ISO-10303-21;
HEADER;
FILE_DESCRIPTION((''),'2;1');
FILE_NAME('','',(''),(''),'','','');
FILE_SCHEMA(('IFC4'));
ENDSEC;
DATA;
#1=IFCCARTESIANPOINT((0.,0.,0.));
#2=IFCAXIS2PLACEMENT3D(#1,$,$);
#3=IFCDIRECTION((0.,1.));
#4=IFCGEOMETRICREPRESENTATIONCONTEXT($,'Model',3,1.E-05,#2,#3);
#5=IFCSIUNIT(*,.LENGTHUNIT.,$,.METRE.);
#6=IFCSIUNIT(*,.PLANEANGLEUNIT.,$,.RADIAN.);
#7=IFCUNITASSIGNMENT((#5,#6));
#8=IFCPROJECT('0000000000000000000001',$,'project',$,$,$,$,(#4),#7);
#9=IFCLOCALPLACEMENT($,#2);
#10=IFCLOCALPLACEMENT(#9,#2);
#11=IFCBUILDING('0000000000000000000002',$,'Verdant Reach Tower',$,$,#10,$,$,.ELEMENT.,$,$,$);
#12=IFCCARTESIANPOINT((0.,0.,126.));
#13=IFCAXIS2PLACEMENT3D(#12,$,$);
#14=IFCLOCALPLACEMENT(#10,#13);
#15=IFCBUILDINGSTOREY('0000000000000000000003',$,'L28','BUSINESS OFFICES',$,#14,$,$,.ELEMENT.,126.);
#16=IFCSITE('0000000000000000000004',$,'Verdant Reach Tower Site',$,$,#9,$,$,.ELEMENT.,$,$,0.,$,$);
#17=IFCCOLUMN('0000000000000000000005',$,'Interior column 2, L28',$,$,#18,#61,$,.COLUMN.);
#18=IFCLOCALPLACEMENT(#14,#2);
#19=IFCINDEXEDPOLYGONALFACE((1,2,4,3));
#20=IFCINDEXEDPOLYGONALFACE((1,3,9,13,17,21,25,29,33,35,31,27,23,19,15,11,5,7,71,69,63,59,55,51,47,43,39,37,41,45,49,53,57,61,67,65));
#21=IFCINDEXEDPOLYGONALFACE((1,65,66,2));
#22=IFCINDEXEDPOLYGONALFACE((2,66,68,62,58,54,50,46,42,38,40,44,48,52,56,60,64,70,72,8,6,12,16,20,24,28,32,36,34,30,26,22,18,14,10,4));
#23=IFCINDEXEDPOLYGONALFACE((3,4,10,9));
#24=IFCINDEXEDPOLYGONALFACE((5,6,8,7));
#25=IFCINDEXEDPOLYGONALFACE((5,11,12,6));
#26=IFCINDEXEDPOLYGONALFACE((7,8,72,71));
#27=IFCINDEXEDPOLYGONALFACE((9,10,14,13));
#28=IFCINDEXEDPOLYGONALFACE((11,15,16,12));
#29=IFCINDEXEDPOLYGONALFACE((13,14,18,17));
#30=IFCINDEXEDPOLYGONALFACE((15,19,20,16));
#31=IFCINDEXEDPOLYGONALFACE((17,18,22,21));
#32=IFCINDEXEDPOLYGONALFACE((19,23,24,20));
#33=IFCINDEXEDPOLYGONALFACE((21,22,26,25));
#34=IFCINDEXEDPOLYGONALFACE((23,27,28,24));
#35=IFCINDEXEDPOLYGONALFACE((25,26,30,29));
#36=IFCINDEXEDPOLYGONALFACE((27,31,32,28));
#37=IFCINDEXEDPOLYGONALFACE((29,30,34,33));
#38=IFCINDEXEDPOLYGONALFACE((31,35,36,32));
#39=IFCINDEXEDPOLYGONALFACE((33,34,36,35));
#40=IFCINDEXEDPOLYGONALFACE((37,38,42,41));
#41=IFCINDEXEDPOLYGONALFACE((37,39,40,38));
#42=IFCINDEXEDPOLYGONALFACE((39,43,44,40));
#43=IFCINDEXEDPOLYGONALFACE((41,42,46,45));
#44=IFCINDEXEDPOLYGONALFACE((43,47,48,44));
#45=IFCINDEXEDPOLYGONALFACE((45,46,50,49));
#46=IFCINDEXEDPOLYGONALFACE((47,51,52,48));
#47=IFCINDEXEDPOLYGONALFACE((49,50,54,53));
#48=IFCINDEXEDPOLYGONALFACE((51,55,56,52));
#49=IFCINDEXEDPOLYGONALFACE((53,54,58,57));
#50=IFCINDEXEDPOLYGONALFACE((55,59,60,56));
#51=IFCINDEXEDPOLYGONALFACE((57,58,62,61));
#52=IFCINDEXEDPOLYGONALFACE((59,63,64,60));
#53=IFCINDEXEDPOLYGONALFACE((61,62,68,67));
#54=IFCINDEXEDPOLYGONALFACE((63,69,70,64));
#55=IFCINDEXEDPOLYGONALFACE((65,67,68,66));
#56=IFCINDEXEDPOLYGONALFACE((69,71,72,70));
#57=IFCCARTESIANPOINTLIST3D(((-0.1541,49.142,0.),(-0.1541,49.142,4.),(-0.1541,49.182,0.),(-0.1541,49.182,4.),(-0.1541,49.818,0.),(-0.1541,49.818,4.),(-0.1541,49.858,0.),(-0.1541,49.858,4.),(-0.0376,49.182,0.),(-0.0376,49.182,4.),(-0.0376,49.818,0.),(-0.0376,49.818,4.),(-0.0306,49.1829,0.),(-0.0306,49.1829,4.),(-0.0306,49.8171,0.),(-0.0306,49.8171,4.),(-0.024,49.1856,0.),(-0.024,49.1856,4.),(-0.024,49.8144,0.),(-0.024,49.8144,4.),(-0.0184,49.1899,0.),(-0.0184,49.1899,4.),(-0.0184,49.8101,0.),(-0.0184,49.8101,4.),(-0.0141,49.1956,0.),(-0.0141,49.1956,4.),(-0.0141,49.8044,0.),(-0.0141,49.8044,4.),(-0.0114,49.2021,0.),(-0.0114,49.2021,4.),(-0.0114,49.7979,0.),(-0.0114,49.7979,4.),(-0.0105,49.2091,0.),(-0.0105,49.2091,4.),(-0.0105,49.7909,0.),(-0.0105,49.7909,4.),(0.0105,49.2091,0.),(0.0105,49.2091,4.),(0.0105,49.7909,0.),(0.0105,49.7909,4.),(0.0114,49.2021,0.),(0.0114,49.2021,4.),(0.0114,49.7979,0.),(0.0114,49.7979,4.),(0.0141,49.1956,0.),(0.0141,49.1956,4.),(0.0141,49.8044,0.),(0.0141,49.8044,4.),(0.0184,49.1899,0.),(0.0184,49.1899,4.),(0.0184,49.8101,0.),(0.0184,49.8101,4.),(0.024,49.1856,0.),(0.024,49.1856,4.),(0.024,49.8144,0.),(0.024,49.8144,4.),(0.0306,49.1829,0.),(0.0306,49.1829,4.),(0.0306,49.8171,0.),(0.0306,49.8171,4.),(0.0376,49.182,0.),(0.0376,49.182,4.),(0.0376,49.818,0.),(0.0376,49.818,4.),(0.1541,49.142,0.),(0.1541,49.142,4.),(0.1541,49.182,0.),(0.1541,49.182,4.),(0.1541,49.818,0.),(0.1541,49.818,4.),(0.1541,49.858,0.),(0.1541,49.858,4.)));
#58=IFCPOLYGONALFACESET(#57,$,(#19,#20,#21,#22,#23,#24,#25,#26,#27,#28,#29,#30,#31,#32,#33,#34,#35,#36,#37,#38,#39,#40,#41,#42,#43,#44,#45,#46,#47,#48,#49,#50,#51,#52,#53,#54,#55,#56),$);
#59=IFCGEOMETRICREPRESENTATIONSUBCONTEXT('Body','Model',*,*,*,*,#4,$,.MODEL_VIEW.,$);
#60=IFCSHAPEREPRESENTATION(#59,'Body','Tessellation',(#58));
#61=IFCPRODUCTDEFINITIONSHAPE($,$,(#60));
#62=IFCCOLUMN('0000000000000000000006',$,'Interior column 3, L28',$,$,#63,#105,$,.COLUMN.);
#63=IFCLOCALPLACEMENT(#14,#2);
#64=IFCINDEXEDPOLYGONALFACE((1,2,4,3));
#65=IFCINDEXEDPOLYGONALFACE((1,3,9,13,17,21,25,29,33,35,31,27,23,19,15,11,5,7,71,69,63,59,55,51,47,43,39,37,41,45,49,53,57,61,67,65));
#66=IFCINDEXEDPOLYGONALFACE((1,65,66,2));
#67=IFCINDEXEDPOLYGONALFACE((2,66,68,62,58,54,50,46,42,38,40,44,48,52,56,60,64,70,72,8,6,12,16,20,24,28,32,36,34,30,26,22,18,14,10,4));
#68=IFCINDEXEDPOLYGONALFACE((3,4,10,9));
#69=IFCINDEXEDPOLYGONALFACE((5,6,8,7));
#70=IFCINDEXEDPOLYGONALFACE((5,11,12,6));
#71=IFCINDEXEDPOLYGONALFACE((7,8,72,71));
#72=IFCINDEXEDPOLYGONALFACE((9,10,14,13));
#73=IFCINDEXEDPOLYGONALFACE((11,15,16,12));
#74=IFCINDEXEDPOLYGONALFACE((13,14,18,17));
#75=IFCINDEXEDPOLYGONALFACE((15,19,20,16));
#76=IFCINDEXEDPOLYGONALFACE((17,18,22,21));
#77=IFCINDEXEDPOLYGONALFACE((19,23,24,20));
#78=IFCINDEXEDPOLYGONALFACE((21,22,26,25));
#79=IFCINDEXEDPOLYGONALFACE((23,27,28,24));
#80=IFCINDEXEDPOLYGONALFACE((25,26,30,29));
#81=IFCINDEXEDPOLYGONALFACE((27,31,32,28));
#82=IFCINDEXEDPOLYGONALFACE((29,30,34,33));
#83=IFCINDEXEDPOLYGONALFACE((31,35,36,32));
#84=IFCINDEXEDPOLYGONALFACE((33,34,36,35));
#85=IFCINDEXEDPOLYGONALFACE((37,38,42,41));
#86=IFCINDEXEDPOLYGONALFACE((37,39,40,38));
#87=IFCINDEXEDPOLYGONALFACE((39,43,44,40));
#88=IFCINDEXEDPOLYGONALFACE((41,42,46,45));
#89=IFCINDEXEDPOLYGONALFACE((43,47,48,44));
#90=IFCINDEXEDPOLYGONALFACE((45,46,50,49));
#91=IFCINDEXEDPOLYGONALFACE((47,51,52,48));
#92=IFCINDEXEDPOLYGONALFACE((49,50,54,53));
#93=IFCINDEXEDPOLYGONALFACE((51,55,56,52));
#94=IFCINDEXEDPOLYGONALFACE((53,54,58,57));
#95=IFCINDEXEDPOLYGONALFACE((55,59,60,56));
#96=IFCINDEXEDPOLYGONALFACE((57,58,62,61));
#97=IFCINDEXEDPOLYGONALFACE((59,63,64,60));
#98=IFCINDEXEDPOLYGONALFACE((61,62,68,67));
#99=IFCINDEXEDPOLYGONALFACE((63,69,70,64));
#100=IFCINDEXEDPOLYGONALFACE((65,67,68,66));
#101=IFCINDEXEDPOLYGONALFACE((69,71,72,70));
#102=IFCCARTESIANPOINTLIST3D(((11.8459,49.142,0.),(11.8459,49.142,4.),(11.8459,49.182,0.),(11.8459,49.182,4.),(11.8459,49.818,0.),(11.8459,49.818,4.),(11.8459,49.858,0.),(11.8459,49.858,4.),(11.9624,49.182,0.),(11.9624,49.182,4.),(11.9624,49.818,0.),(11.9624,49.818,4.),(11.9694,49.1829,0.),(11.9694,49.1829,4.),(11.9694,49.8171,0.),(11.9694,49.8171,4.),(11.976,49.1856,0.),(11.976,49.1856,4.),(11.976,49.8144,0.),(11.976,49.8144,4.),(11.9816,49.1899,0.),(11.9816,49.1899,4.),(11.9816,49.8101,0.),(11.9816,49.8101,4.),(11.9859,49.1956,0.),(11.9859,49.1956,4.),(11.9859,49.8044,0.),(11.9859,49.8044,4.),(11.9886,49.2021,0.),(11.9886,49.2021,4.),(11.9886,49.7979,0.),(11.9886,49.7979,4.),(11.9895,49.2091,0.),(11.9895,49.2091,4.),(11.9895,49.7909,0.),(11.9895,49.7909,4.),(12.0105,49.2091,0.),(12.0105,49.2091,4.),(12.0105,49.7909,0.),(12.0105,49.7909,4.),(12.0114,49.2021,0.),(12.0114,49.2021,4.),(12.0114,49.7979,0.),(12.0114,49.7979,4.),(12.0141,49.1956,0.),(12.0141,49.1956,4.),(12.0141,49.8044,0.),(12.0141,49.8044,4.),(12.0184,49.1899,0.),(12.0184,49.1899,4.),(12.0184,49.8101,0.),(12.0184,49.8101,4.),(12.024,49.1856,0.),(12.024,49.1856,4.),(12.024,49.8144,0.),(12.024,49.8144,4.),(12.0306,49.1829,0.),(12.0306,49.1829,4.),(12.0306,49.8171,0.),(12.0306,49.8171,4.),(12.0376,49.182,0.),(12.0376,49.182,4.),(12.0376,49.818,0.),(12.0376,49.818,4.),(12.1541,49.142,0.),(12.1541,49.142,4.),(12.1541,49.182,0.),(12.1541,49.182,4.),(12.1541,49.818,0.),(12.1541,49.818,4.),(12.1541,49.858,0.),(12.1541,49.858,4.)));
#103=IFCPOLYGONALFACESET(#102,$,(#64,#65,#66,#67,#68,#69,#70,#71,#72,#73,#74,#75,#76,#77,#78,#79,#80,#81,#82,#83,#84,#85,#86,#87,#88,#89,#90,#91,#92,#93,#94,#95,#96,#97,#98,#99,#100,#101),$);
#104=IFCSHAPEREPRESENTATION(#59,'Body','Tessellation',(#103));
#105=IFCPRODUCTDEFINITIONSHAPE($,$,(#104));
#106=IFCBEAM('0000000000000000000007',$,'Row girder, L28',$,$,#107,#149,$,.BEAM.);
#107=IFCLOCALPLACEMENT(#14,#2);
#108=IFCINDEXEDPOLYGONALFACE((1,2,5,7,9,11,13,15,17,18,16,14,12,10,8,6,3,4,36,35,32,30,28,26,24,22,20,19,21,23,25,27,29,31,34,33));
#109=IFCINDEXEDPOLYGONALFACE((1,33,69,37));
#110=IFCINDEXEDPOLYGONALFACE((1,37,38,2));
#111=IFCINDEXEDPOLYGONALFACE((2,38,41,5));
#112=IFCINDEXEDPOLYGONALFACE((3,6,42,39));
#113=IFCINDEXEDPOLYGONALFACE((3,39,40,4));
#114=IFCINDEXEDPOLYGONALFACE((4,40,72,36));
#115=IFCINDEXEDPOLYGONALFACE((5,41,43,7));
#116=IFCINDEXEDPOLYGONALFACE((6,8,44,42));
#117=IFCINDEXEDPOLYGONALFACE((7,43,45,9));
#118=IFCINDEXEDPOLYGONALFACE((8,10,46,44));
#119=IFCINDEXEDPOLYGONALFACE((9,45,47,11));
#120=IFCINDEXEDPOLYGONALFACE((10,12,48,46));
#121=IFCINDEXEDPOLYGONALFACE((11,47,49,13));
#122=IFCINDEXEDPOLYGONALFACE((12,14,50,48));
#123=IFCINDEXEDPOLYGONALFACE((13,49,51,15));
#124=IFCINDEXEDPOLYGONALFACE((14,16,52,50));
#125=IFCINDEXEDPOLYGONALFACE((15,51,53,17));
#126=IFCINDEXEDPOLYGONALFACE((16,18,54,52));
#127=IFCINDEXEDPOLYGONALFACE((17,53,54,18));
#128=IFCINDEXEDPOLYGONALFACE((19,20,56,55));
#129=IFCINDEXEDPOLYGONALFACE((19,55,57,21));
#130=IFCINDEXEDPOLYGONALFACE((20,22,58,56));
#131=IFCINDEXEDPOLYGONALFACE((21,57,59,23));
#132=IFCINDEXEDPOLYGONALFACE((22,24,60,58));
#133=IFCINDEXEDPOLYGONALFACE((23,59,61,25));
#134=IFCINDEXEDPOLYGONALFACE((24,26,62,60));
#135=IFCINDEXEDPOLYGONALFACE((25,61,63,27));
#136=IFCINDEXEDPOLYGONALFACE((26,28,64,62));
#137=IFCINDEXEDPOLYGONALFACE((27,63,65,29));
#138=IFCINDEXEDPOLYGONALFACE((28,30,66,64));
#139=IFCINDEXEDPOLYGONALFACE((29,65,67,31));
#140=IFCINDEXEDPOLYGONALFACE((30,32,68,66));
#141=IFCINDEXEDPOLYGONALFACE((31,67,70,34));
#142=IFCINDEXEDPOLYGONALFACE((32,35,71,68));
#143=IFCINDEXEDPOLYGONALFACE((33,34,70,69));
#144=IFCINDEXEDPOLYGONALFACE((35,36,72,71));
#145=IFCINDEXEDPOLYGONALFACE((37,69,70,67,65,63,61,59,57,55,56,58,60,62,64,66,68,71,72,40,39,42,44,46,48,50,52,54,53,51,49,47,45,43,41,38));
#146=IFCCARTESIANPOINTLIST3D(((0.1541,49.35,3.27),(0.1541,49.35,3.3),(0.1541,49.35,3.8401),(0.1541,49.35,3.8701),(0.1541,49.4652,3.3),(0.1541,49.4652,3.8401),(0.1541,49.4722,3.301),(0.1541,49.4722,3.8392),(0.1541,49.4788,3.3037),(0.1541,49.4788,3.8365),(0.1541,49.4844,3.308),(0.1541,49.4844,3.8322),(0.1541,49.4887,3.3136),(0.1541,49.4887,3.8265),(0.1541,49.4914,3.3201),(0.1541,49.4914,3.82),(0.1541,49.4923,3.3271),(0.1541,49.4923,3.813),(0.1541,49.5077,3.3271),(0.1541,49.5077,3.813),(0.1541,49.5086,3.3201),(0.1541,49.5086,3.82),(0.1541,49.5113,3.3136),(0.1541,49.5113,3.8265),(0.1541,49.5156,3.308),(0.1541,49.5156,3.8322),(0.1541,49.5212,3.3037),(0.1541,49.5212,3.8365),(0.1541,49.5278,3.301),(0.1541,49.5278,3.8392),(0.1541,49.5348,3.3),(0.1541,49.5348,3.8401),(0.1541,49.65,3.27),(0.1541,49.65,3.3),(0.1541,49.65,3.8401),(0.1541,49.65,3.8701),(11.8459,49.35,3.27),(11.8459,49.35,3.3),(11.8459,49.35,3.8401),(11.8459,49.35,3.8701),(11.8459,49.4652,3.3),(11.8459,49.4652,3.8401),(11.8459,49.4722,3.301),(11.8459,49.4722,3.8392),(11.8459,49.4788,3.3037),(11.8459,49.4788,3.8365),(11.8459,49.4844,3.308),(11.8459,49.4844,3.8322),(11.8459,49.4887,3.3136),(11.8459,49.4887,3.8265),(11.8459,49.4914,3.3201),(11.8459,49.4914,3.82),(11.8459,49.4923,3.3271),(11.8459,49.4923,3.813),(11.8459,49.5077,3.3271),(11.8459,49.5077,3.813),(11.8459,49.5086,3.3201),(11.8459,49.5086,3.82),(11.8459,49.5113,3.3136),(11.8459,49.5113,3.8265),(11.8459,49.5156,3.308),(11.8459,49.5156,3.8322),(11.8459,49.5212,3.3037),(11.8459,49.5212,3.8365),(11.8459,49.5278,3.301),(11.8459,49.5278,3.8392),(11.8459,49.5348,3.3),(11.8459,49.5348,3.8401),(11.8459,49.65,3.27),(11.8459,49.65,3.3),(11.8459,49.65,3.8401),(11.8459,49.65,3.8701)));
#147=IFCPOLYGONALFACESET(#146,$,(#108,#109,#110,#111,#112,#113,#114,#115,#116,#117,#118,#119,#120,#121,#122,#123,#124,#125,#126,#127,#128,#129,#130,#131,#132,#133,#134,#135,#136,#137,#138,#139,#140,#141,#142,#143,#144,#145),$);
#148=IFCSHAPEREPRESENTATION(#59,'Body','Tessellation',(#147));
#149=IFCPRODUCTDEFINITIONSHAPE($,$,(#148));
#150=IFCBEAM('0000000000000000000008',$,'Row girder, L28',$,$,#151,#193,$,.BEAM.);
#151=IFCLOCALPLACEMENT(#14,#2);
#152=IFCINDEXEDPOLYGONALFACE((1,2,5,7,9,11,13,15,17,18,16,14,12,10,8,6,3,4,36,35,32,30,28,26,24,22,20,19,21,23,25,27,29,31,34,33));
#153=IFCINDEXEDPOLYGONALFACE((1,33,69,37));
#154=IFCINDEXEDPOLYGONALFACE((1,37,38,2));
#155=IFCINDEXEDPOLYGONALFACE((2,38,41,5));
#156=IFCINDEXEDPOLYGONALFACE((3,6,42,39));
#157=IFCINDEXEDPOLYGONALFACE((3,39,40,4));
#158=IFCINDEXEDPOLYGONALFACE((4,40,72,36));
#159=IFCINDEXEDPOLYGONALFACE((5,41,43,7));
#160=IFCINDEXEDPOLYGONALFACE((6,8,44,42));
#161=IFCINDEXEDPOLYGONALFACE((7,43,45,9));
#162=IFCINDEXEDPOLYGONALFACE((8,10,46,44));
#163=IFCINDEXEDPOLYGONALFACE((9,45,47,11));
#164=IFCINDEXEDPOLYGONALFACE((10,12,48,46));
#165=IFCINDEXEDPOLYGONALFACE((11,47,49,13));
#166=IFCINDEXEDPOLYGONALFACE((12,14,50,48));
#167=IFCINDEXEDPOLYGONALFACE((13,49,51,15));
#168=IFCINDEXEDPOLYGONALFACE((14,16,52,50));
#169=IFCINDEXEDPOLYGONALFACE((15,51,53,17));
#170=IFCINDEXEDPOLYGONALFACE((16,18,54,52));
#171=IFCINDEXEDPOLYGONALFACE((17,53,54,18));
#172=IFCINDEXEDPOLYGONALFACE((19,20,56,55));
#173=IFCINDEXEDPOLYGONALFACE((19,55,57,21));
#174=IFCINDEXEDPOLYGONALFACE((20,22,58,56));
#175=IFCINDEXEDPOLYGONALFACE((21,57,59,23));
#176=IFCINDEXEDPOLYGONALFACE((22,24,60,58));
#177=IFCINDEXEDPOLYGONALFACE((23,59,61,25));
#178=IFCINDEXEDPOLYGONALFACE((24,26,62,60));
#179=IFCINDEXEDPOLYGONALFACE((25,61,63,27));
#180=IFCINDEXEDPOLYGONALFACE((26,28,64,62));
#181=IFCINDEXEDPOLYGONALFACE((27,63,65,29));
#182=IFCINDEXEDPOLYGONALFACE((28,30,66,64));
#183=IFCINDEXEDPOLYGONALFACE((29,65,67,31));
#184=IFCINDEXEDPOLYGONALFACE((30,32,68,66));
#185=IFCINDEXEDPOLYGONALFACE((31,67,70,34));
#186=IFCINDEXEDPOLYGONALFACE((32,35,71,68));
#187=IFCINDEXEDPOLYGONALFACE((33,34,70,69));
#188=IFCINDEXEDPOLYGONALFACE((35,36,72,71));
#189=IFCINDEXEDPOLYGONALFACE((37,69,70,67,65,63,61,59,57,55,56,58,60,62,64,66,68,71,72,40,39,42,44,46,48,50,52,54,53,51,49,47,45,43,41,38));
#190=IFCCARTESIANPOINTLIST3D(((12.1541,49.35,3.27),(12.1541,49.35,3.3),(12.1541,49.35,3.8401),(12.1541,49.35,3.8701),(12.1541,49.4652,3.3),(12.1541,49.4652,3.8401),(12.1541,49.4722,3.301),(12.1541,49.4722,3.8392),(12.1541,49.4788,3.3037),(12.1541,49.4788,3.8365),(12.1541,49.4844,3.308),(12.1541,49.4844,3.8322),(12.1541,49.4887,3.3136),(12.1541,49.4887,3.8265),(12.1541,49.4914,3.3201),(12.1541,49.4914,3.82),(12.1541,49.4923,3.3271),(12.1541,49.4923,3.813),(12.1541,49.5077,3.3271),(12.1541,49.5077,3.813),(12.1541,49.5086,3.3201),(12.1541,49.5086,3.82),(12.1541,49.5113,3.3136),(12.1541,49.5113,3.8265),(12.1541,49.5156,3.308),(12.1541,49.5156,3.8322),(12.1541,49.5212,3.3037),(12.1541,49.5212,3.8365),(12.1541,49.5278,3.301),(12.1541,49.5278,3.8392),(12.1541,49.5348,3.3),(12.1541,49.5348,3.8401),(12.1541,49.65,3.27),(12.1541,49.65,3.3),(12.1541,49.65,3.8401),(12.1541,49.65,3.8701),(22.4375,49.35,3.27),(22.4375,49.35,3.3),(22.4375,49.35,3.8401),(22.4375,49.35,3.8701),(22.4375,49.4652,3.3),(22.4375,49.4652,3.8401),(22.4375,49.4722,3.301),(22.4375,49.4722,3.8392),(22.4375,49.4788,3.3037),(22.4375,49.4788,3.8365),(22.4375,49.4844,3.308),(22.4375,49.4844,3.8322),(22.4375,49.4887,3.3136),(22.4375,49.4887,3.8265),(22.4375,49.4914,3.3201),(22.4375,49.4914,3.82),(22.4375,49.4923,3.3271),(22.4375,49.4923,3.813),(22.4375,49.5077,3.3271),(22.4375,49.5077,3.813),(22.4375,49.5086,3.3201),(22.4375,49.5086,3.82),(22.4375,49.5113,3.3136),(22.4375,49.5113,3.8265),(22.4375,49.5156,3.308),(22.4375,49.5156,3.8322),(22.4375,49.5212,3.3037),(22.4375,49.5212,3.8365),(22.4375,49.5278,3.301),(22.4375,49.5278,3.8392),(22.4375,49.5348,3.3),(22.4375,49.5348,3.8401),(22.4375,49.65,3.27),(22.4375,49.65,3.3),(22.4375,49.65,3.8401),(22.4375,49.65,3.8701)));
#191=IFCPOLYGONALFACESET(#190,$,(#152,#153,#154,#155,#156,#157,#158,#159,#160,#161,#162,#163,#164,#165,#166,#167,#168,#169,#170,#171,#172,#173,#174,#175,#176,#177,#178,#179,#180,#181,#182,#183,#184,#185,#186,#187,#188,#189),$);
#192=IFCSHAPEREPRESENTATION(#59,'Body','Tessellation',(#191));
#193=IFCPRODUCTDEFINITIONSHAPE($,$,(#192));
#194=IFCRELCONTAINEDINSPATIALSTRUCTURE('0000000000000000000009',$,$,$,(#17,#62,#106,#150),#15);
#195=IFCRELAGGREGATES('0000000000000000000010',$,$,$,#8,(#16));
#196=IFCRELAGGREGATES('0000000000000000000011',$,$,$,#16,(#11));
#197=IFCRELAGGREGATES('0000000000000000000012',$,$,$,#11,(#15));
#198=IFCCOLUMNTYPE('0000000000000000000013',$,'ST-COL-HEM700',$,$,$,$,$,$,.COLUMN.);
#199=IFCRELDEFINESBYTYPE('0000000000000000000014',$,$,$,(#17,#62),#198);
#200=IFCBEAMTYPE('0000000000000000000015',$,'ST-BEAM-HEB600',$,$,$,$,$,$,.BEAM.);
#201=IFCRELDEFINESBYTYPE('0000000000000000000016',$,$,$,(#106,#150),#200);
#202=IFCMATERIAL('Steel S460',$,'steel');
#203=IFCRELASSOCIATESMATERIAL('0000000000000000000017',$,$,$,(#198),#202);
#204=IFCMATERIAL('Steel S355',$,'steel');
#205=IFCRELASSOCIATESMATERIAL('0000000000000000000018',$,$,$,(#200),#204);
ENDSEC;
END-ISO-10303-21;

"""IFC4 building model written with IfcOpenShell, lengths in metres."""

from ifc_helpers import new_model, si_unit, direction, frame, origin, origin_2d, place, context, subcontext, project, spatial, i_section, extrude, material, material_profile, profile_set, type_object, element, save


model = new_model("IFC4")

# Units and contexts
model_context = context("Model", 3, precision=1e-05, world=origin(), true_north=direction((0.0, 1.0)))
body_context = subcontext(model_context, "Body", "Model", "MODEL_VIEW")
ifc_project = project(units=[si_unit("LENGTHUNIT", "METRE"), si_unit("PLANEANGLEUNIT", "RADIAN")], contexts=[model_context])

# Site, building, storey
site_placement = place(None, origin())
site = spatial("IfcSite", under=ifc_project, at=site_placement, Name="Verdant Reach Tower Site", CompositionType="ELEMENT", RefElevation=0.0)
building_placement = place(site_placement, origin())
building = spatial("IfcBuilding", under=site, at=building_placement, Name="Verdant Reach Tower", CompositionType="ELEMENT")
storey_placement = place(building_placement, frame((0.0, 0.0, 126.0)))
storey = spatial("IfcBuildingStorey", under=building, at=storey_placement, Name="L28", Description="BUSINESS OFFICES", CompositionType="ELEMENT", Elevation=126.0)

# Columns
ifc_material_1 = material(Name="Steel S460", Category="steel")
ifc_material_profile_1 = material_profile(ifc_material_1, i_section(OverallWidth=0.3081, OverallDepth=0.7161, WebThickness=0.021, FlangeThickness=0.04, FilletRadius=0.0271, at=origin_2d()), Name="HEM 700")
ifc_profile_set_1 = profile_set([ifc_material_profile_1], Name="Steel S460")
column_type = type_object("IfcColumnType", Name="ST-COL-HEM700", PredefinedType="COLUMN", material=ifc_profile_set_1)
for number, where, z_axis, x_axis, name in (
    (1, (0.0, 49.5, 0.0), (0.0, 0.0, 1.0), (1.0, 0.0, 0.0), "Interior column 2, L28"),
    (2, (12.0, 49.5, 0.0), (0.0, 0.0, 1.0), (1.0, 0.0, 0.0), "Interior column 3, L28"),
):
    element("IfcColumn", number, at=place(storey_placement, frame(where, z_axis=z_axis, x_axis=x_axis)), inside=storey, type_object=column_type, Name=name, PredefinedType="COLUMN", context=body_context, shape_type="SweptSolid", body=[
        extrude(i_section(OverallWidth=0.3081, OverallDepth=0.7161, WebThickness=0.021, FlangeThickness=0.04, FilletRadius=0.0271, at=origin_2d()), origin(), (0.0, 0.0, 1.0), 4.0),
    ])

# Beams
ifc_material_2 = material(Name="Steel S355", Category="steel")
ifc_material_profile_2 = material_profile(ifc_material_2, i_section(OverallWidth=0.3, OverallDepth=0.6001, WebThickness=0.0154, FlangeThickness=0.03, FilletRadius=0.0271, at=origin_2d()), Name="HEB 600")
ifc_profile_set_2 = profile_set([ifc_material_profile_2], Name="Steel S355")
beam_type_1 = type_object("IfcBeamType", Name="ST-BEAM-HEB600", PredefinedType="BEAM", material=ifc_profile_set_2)
beam_1_placement = place(storey_placement, frame((0.1541, 49.5, 3.5701), z_axis=(1.0, 0.0, 0.0), x_axis=(0.0, 1.0, 0.0)))
element("IfcBeam", 3, at=beam_1_placement, inside=storey, type_object=beam_type_1, Name="Row girder, L28", PredefinedType="BEAM", context=body_context, shape_type="SweptSolid", body=[
    extrude(i_section(OverallWidth=0.3, OverallDepth=0.6001, WebThickness=0.0154, FlangeThickness=0.03, FilletRadius=0.0271, at=origin_2d()), origin(), (0.0, 0.0, 1.0), 11.6919),
])
beam_2_placement = place(storey_placement, frame((12.1541, 49.5, 3.5701), z_axis=(1.0, 0.0, 0.0), x_axis=(0.0, 1.0, 0.0)))
element("IfcBeam", 4, at=beam_2_placement, inside=storey, type_object=beam_type_1, Name="Row girder, L28", PredefinedType="BEAM", context=body_context, shape_type="SweptSolid", body=[
    extrude(i_section(OverallWidth=0.3, OverallDepth=0.6001, WebThickness=0.0154, FlangeThickness=0.03, FilletRadius=0.0271, at=origin_2d()), origin(), (0.0, 0.0, 1.0), 10.2834),
])

save(model, "model.ifc")
